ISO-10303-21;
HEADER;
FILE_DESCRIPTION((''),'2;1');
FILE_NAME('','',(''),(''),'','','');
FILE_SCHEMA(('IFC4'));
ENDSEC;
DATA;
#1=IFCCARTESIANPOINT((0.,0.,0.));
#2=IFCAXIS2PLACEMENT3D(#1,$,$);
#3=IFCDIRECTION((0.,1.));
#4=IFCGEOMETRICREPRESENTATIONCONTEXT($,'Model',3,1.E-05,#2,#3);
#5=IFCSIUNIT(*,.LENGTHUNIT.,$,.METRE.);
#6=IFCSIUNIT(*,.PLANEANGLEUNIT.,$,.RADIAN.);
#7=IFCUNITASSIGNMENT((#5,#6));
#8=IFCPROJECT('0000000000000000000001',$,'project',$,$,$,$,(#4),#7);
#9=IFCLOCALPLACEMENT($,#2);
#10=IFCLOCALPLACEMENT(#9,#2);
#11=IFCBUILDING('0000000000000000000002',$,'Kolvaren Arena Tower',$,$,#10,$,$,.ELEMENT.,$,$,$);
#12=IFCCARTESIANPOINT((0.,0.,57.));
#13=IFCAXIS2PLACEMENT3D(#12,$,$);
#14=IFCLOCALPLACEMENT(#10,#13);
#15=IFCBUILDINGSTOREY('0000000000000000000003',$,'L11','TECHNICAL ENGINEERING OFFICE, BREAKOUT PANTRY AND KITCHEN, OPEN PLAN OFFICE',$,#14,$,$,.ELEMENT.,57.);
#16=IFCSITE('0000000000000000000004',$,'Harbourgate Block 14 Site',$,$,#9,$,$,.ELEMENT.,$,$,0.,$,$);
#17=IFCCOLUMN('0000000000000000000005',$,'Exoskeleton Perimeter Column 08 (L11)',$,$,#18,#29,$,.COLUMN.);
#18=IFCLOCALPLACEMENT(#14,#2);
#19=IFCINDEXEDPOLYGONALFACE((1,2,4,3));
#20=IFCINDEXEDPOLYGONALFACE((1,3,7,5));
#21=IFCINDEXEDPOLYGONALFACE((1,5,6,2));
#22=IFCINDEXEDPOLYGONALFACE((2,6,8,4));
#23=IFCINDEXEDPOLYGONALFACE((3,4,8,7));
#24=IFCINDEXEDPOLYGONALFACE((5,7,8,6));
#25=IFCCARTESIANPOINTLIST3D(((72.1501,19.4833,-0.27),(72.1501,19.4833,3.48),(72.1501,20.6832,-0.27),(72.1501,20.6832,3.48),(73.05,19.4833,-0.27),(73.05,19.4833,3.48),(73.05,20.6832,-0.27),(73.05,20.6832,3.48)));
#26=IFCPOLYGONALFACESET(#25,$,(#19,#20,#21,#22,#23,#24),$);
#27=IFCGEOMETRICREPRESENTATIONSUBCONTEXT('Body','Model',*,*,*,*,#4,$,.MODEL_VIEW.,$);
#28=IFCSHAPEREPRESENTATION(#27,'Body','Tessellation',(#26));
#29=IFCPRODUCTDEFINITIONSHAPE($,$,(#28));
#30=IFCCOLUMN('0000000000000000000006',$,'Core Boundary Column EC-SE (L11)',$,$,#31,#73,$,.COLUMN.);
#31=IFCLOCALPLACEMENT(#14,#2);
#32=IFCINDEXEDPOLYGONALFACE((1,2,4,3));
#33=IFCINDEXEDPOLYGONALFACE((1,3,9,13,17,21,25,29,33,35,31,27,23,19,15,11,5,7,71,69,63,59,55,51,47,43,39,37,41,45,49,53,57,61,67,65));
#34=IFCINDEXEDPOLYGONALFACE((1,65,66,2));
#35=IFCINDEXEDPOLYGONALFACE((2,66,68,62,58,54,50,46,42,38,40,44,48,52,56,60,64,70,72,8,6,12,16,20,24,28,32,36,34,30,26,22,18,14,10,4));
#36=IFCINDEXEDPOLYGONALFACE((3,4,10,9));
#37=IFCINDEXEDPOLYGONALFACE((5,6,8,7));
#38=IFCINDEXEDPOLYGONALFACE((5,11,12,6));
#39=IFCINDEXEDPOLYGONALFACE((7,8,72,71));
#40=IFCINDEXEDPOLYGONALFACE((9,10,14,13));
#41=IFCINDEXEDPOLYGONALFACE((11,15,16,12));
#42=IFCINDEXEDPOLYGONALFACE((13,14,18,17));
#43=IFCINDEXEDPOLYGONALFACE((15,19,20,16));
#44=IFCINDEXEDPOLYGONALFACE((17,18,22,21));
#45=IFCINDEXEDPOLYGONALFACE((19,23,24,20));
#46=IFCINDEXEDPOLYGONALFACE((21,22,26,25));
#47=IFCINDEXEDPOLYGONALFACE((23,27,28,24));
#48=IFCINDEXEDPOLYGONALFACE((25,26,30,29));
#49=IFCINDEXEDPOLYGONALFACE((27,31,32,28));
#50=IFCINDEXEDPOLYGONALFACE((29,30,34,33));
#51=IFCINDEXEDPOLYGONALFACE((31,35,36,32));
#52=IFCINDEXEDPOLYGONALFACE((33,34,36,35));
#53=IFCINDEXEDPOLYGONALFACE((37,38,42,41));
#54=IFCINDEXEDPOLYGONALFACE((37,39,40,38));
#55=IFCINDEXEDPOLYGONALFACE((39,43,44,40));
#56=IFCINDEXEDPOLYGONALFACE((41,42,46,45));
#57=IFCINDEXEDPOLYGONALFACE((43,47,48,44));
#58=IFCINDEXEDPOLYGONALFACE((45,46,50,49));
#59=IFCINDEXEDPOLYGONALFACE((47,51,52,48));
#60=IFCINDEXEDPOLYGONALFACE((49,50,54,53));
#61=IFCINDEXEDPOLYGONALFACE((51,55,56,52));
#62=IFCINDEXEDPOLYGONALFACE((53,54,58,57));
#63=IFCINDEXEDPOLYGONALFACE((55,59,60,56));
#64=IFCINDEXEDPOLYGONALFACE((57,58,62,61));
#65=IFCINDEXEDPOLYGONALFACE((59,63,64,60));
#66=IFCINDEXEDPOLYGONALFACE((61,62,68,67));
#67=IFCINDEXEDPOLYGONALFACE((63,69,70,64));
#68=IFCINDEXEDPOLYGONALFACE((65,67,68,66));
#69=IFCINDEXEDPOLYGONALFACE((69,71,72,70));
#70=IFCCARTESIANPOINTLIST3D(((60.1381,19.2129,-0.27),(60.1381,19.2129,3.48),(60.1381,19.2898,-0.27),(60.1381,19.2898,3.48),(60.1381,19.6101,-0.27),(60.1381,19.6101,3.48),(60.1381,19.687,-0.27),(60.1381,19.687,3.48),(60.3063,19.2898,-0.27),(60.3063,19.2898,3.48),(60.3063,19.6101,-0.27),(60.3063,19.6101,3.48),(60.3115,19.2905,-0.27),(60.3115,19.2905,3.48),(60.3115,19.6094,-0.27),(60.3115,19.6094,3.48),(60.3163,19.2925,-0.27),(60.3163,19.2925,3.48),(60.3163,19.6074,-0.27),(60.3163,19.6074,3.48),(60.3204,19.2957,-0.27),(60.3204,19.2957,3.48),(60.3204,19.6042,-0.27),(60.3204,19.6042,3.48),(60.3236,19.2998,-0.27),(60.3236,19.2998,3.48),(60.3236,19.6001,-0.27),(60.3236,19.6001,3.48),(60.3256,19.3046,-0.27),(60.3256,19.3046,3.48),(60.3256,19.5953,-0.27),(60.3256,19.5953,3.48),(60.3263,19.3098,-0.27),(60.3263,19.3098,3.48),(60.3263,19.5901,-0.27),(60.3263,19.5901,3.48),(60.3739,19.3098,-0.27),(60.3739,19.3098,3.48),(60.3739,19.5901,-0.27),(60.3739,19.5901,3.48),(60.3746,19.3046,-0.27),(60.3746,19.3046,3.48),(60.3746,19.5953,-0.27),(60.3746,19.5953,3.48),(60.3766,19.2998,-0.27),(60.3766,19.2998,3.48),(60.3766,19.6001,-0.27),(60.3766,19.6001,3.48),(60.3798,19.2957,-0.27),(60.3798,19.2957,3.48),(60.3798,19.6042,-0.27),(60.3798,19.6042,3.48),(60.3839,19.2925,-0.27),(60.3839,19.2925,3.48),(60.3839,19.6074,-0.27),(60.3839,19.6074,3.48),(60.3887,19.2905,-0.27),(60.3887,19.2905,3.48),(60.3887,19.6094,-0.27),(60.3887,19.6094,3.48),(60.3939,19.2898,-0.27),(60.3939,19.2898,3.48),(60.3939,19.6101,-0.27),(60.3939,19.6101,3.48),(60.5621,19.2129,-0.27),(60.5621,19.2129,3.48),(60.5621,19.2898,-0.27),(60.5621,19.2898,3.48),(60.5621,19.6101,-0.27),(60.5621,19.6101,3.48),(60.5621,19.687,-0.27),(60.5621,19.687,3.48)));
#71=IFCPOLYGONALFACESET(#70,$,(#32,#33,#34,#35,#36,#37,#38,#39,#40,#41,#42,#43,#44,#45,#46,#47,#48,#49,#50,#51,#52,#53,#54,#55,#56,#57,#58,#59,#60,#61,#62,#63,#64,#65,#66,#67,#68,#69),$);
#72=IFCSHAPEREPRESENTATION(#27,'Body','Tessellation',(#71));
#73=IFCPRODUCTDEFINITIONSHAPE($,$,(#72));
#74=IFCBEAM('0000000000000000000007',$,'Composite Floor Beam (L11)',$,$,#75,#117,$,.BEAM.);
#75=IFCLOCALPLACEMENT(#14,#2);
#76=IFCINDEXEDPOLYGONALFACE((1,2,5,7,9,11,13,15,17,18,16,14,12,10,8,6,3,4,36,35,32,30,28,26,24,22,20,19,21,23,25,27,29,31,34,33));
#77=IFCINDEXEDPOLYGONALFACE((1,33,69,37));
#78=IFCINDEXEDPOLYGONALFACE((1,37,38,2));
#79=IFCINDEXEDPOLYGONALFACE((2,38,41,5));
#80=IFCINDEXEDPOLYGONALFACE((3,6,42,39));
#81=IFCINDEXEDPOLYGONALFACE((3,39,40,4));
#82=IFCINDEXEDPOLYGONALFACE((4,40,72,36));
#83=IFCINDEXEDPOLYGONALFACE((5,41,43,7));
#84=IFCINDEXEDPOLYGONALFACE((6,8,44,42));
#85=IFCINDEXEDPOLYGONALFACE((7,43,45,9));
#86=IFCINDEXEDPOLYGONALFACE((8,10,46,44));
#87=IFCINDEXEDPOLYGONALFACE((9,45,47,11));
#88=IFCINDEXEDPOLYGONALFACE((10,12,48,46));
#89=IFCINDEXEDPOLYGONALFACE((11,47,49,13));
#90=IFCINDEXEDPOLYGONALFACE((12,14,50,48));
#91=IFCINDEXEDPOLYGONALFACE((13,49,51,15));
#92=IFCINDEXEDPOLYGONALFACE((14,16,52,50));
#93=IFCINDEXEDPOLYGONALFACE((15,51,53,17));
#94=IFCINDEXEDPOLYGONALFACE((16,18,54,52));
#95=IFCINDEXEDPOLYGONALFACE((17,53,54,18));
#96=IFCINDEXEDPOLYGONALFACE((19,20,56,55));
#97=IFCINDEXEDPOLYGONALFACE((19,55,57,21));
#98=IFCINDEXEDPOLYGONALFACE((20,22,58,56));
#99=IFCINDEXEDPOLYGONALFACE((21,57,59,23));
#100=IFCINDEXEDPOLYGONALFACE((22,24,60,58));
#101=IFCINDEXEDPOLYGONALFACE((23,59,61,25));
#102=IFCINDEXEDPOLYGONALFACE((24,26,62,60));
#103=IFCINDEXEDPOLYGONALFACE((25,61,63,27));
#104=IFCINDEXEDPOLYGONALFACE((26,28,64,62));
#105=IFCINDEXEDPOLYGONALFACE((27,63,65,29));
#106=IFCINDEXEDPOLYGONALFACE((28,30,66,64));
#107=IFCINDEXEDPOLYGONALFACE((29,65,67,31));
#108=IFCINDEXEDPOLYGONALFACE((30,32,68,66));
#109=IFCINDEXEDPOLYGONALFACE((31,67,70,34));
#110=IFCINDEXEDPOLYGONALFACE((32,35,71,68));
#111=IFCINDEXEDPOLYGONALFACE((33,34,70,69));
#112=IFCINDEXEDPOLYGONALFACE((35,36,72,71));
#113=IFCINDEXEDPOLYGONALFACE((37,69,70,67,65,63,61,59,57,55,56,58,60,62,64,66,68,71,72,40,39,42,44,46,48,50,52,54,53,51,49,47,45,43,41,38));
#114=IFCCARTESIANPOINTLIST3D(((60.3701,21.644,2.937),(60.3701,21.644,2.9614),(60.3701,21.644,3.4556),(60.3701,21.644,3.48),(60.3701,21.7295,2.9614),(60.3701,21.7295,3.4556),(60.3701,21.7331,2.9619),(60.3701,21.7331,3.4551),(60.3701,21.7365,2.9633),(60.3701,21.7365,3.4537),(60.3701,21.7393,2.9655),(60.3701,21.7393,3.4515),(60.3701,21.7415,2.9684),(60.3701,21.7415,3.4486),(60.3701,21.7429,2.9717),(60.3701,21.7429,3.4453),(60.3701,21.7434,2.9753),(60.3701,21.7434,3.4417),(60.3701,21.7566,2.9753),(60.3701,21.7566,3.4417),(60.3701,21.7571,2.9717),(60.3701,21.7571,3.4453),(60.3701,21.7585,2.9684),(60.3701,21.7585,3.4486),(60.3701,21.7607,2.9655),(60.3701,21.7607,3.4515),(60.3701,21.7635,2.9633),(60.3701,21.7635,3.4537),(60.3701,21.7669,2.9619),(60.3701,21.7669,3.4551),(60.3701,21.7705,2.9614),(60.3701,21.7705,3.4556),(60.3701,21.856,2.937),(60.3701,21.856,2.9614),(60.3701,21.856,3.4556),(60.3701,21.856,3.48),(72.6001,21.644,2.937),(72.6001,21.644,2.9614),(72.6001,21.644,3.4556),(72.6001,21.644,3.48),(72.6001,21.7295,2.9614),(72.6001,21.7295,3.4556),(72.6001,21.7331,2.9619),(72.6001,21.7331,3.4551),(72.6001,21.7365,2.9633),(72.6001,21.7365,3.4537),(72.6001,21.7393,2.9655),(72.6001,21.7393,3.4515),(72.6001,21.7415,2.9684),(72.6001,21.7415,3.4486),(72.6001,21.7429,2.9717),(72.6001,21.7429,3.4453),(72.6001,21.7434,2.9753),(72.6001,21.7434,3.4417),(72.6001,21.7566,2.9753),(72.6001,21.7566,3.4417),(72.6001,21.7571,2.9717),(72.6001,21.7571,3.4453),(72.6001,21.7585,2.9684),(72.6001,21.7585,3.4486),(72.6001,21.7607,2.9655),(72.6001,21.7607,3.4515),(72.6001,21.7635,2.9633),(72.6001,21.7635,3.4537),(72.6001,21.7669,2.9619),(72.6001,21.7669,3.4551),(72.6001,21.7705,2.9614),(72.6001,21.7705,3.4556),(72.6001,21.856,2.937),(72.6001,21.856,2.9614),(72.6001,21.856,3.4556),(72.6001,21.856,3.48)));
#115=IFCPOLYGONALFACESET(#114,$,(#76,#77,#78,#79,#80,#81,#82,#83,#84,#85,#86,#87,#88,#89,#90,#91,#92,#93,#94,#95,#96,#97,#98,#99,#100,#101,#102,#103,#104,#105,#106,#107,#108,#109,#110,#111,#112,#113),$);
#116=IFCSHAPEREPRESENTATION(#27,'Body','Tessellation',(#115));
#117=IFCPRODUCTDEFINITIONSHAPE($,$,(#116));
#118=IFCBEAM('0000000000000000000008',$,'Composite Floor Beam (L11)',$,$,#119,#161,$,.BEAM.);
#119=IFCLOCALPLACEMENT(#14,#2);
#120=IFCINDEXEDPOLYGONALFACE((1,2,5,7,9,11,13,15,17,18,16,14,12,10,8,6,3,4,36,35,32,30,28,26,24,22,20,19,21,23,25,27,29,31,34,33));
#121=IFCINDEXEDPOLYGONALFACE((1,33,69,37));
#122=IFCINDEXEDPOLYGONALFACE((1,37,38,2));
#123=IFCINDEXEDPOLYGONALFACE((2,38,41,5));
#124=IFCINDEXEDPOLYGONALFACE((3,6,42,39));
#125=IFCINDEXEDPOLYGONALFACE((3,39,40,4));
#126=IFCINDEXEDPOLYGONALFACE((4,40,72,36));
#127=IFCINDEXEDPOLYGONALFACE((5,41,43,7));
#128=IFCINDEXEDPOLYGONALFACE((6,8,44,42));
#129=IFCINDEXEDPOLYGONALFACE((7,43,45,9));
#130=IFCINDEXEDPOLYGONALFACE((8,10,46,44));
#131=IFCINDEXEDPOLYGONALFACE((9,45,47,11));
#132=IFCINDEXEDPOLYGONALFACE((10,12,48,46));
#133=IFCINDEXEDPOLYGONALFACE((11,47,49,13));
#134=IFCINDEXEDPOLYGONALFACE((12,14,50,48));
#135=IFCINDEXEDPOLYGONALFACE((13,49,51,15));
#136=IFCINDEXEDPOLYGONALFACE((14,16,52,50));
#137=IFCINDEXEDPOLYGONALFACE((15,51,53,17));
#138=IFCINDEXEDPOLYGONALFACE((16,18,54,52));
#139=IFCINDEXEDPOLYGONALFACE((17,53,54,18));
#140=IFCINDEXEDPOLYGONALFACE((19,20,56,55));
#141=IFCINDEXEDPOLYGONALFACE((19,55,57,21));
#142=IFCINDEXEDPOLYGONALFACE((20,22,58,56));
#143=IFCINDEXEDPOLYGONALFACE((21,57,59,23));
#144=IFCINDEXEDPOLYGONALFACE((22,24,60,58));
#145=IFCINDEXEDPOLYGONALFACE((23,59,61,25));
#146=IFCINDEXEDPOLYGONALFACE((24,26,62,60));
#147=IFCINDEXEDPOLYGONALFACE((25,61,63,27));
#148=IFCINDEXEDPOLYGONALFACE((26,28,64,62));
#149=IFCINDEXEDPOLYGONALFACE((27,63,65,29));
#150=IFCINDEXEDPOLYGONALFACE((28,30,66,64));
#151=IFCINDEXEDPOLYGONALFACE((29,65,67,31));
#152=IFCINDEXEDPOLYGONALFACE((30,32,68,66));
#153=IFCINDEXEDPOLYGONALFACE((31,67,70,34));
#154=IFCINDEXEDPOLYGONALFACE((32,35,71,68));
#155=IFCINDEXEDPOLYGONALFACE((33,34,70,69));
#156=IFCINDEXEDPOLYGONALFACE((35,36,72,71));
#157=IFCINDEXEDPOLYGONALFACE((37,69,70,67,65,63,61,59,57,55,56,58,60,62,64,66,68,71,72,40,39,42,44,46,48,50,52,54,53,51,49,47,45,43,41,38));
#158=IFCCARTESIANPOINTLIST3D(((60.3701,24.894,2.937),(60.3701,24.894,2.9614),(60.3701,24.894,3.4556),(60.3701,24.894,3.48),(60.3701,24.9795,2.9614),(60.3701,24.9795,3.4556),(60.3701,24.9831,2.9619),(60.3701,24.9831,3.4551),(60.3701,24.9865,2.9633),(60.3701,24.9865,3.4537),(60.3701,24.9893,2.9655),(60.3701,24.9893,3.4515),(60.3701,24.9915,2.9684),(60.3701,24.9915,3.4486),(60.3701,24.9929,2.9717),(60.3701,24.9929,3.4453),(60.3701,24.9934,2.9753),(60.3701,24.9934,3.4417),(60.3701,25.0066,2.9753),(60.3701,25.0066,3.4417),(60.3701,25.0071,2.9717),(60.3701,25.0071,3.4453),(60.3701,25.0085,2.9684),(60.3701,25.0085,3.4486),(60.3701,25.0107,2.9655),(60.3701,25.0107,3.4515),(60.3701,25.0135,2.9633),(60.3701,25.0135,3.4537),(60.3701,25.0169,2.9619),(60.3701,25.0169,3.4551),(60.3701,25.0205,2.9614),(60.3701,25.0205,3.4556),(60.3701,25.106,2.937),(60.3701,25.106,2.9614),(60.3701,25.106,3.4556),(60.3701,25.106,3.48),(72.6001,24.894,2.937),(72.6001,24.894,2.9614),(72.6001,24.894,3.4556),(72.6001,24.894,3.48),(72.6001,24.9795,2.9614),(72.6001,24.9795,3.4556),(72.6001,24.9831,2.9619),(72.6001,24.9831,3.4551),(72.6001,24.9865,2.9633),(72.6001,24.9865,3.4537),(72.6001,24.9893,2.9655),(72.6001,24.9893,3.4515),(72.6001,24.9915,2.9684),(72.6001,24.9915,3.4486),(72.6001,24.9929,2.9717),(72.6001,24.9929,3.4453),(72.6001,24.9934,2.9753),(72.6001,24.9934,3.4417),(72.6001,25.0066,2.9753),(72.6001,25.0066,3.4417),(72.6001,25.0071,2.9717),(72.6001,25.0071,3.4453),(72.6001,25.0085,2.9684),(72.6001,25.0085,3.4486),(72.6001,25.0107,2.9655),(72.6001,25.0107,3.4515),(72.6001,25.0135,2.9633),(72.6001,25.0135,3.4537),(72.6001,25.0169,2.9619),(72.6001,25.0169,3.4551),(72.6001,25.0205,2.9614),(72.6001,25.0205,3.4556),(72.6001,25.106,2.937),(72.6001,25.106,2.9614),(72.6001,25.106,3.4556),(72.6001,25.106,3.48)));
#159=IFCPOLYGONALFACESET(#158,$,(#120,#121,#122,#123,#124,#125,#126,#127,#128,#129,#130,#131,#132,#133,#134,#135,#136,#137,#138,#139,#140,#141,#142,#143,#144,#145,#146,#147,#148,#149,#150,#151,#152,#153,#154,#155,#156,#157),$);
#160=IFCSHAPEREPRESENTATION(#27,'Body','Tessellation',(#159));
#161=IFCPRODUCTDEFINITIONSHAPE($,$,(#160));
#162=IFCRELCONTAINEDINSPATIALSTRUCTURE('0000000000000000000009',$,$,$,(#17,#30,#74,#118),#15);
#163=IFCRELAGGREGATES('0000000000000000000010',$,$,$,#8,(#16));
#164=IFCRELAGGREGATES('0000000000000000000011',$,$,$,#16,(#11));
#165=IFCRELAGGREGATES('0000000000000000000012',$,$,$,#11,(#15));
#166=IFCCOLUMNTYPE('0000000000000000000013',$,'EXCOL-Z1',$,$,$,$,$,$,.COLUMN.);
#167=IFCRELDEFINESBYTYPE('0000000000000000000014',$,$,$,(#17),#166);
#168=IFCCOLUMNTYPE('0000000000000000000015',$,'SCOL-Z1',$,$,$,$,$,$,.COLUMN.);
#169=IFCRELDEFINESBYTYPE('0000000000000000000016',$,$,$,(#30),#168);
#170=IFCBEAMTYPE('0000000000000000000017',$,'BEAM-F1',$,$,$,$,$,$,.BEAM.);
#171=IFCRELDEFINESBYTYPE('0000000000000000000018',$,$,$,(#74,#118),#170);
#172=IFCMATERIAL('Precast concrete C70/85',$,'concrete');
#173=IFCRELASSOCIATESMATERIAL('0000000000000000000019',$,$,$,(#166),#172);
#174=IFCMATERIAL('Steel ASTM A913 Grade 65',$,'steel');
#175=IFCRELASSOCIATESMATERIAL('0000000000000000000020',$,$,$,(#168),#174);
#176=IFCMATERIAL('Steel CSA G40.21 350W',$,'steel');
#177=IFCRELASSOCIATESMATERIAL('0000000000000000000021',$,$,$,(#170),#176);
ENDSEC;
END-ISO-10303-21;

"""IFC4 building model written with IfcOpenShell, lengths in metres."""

from ifc_helpers import new_model, si_unit, direction, frame, origin, origin_2d, place, context, subcontext, project, spatial, rectangle, i_section, extrude, material, material_profile, profile_set, type_object, element, save


model = new_model("IFC4")

# Units and contexts
model_context = context("Model", 3, precision=1e-05, world=origin(), true_north=direction((0.0, 1.0)))
body_context = subcontext(model_context, "Body", "Model", "MODEL_VIEW")
ifc_project = project(units=[si_unit("LENGTHUNIT", "METRE"), si_unit("PLANEANGLEUNIT", "RADIAN")], contexts=[model_context])

# Site, building, storey
site_placement = place(None, origin())
site = spatial("IfcSite", under=ifc_project, at=site_placement, Name="Harbourgate Block 14 Site", CompositionType="ELEMENT", RefElevation=0.0)
building_placement = place(site_placement, origin())
building = spatial("IfcBuilding", under=site, at=building_placement, Name="Kolvaren Arena Tower", CompositionType="ELEMENT")
storey_placement = place(building_placement, frame((0.0, 0.0, 57.0)))
storey = spatial("IfcBuildingStorey", under=building, at=storey_placement, Name="L11", Description="TECHNICAL ENGINEERING OFFICE, BREAKOUT PANTRY AND KITCHEN, OPEN PLAN OFFICE", CompositionType="ELEMENT", Elevation=57.0)

# Columns
ifc_material_1 = material(Name="Precast concrete C70/85", Category="concrete")
ifc_material_profile_1 = material_profile(ifc_material_1, rectangle(XDim=1.2, YDim=0.8999, at=origin_2d()), Name="RC-1200x900")
ifc_profile_set_1 = profile_set([ifc_material_profile_1], Name="Precast concrete C70/85")
column_type_1 = type_object("IfcColumnType", Name="EXCOL-Z1", PredefinedType="COLUMN", material=ifc_profile_set_1)
column_1_placement = place(storey_placement, frame((72.6001, 20.0833, -0.27), z_axis=(0.0, 0.0, 1.0), x_axis=(0.0, 1.0, 0.0)))
element("IfcColumn", 1, at=column_1_placement, inside=storey, type_object=column_type_1, Name="Exoskeleton Perimeter Column 08 (L11)", PredefinedType="COLUMN", context=body_context, shape_type="SweptSolid", body=[
    extrude(rectangle(XDim=1.2, YDim=0.8999, at=origin_2d()), origin(), (0.0, 0.0, 1.0), 3.75),
])
ifc_material_2 = material(Name="Steel ASTM A913 Grade 65", Category="steel")
ifc_material_profile_2 = material_profile(ifc_material_2, i_section(OverallWidth=0.4241, OverallDepth=0.4741, WebThickness=0.0476, FlangeThickness=0.0769, FilletRadius=0.02, at=origin_2d()), Name="W360x634")
ifc_profile_set_2 = profile_set([ifc_material_profile_2], Name="Steel ASTM A913 Grade 65")
column_type_2 = type_object("IfcColumnType", Name="SCOL-Z1", PredefinedType="COLUMN", material=ifc_profile_set_2)
column_2_placement = place(storey_placement, frame((60.3501, 19.45, -0.27), z_axis=(0.0, 0.0, 1.0), x_axis=(1.0, 0.0, 0.0)))
element("IfcColumn", 2, at=column_2_placement, inside=storey, type_object=column_type_2, Name="Core Boundary Column EC-SE (L11)", PredefinedType="COLUMN", context=body_context, shape_type="SweptSolid", body=[
    extrude(i_section(OverallWidth=0.4241, OverallDepth=0.4741, WebThickness=0.0476, FlangeThickness=0.0769, FilletRadius=0.02, at=origin_2d()), origin(), (0.0, 0.0, 1.0), 3.75),
])

# Beams
ifc_material_3 = material(Name="Steel CSA G40.21 350W", Category="steel")
ifc_material_profile_3 = material_profile(ifc_material_3, i_section(OverallWidth=0.2119, OverallDepth=0.543, WebThickness=0.0132, FlangeThickness=0.0244, FilletRadius=0.0139, at=origin_2d()), Name="W530x150")
ifc_profile_set_3 = profile_set([ifc_material_profile_3], Name="Steel CSA G40.21 350W")
beam_type_1 = type_object("IfcBeamType", Name="BEAM-F1", PredefinedType="BEAM", material=ifc_profile_set_3)
for number, where, z_axis, x_axis, name in (
    (3, (60.3701, 21.75, 3.2085), (1.0, 0.0, 0.0), (0.0, 1.0, 0.0), "Composite Floor Beam (L11)"),
    (4, (60.3701, 25.0, 3.2085), (1.0, 0.0, 0.0), (0.0, 1.0, 0.0), "Composite Floor Beam (L11)"),
):
    element("IfcBeam", number, at=place(storey_placement, frame(where, z_axis=z_axis, x_axis=x_axis)), inside=storey, type_object=beam_type_1, Name=name, PredefinedType="BEAM", context=body_context, shape_type="SweptSolid", body=[
        extrude(i_section(OverallWidth=0.2119, OverallDepth=0.543, WebThickness=0.0132, FlangeThickness=0.0244, FilletRadius=0.0139, at=origin_2d()), origin(), (0.0, 0.0, 1.0), 12.23),
    ])

save(model, "model.ifc")
